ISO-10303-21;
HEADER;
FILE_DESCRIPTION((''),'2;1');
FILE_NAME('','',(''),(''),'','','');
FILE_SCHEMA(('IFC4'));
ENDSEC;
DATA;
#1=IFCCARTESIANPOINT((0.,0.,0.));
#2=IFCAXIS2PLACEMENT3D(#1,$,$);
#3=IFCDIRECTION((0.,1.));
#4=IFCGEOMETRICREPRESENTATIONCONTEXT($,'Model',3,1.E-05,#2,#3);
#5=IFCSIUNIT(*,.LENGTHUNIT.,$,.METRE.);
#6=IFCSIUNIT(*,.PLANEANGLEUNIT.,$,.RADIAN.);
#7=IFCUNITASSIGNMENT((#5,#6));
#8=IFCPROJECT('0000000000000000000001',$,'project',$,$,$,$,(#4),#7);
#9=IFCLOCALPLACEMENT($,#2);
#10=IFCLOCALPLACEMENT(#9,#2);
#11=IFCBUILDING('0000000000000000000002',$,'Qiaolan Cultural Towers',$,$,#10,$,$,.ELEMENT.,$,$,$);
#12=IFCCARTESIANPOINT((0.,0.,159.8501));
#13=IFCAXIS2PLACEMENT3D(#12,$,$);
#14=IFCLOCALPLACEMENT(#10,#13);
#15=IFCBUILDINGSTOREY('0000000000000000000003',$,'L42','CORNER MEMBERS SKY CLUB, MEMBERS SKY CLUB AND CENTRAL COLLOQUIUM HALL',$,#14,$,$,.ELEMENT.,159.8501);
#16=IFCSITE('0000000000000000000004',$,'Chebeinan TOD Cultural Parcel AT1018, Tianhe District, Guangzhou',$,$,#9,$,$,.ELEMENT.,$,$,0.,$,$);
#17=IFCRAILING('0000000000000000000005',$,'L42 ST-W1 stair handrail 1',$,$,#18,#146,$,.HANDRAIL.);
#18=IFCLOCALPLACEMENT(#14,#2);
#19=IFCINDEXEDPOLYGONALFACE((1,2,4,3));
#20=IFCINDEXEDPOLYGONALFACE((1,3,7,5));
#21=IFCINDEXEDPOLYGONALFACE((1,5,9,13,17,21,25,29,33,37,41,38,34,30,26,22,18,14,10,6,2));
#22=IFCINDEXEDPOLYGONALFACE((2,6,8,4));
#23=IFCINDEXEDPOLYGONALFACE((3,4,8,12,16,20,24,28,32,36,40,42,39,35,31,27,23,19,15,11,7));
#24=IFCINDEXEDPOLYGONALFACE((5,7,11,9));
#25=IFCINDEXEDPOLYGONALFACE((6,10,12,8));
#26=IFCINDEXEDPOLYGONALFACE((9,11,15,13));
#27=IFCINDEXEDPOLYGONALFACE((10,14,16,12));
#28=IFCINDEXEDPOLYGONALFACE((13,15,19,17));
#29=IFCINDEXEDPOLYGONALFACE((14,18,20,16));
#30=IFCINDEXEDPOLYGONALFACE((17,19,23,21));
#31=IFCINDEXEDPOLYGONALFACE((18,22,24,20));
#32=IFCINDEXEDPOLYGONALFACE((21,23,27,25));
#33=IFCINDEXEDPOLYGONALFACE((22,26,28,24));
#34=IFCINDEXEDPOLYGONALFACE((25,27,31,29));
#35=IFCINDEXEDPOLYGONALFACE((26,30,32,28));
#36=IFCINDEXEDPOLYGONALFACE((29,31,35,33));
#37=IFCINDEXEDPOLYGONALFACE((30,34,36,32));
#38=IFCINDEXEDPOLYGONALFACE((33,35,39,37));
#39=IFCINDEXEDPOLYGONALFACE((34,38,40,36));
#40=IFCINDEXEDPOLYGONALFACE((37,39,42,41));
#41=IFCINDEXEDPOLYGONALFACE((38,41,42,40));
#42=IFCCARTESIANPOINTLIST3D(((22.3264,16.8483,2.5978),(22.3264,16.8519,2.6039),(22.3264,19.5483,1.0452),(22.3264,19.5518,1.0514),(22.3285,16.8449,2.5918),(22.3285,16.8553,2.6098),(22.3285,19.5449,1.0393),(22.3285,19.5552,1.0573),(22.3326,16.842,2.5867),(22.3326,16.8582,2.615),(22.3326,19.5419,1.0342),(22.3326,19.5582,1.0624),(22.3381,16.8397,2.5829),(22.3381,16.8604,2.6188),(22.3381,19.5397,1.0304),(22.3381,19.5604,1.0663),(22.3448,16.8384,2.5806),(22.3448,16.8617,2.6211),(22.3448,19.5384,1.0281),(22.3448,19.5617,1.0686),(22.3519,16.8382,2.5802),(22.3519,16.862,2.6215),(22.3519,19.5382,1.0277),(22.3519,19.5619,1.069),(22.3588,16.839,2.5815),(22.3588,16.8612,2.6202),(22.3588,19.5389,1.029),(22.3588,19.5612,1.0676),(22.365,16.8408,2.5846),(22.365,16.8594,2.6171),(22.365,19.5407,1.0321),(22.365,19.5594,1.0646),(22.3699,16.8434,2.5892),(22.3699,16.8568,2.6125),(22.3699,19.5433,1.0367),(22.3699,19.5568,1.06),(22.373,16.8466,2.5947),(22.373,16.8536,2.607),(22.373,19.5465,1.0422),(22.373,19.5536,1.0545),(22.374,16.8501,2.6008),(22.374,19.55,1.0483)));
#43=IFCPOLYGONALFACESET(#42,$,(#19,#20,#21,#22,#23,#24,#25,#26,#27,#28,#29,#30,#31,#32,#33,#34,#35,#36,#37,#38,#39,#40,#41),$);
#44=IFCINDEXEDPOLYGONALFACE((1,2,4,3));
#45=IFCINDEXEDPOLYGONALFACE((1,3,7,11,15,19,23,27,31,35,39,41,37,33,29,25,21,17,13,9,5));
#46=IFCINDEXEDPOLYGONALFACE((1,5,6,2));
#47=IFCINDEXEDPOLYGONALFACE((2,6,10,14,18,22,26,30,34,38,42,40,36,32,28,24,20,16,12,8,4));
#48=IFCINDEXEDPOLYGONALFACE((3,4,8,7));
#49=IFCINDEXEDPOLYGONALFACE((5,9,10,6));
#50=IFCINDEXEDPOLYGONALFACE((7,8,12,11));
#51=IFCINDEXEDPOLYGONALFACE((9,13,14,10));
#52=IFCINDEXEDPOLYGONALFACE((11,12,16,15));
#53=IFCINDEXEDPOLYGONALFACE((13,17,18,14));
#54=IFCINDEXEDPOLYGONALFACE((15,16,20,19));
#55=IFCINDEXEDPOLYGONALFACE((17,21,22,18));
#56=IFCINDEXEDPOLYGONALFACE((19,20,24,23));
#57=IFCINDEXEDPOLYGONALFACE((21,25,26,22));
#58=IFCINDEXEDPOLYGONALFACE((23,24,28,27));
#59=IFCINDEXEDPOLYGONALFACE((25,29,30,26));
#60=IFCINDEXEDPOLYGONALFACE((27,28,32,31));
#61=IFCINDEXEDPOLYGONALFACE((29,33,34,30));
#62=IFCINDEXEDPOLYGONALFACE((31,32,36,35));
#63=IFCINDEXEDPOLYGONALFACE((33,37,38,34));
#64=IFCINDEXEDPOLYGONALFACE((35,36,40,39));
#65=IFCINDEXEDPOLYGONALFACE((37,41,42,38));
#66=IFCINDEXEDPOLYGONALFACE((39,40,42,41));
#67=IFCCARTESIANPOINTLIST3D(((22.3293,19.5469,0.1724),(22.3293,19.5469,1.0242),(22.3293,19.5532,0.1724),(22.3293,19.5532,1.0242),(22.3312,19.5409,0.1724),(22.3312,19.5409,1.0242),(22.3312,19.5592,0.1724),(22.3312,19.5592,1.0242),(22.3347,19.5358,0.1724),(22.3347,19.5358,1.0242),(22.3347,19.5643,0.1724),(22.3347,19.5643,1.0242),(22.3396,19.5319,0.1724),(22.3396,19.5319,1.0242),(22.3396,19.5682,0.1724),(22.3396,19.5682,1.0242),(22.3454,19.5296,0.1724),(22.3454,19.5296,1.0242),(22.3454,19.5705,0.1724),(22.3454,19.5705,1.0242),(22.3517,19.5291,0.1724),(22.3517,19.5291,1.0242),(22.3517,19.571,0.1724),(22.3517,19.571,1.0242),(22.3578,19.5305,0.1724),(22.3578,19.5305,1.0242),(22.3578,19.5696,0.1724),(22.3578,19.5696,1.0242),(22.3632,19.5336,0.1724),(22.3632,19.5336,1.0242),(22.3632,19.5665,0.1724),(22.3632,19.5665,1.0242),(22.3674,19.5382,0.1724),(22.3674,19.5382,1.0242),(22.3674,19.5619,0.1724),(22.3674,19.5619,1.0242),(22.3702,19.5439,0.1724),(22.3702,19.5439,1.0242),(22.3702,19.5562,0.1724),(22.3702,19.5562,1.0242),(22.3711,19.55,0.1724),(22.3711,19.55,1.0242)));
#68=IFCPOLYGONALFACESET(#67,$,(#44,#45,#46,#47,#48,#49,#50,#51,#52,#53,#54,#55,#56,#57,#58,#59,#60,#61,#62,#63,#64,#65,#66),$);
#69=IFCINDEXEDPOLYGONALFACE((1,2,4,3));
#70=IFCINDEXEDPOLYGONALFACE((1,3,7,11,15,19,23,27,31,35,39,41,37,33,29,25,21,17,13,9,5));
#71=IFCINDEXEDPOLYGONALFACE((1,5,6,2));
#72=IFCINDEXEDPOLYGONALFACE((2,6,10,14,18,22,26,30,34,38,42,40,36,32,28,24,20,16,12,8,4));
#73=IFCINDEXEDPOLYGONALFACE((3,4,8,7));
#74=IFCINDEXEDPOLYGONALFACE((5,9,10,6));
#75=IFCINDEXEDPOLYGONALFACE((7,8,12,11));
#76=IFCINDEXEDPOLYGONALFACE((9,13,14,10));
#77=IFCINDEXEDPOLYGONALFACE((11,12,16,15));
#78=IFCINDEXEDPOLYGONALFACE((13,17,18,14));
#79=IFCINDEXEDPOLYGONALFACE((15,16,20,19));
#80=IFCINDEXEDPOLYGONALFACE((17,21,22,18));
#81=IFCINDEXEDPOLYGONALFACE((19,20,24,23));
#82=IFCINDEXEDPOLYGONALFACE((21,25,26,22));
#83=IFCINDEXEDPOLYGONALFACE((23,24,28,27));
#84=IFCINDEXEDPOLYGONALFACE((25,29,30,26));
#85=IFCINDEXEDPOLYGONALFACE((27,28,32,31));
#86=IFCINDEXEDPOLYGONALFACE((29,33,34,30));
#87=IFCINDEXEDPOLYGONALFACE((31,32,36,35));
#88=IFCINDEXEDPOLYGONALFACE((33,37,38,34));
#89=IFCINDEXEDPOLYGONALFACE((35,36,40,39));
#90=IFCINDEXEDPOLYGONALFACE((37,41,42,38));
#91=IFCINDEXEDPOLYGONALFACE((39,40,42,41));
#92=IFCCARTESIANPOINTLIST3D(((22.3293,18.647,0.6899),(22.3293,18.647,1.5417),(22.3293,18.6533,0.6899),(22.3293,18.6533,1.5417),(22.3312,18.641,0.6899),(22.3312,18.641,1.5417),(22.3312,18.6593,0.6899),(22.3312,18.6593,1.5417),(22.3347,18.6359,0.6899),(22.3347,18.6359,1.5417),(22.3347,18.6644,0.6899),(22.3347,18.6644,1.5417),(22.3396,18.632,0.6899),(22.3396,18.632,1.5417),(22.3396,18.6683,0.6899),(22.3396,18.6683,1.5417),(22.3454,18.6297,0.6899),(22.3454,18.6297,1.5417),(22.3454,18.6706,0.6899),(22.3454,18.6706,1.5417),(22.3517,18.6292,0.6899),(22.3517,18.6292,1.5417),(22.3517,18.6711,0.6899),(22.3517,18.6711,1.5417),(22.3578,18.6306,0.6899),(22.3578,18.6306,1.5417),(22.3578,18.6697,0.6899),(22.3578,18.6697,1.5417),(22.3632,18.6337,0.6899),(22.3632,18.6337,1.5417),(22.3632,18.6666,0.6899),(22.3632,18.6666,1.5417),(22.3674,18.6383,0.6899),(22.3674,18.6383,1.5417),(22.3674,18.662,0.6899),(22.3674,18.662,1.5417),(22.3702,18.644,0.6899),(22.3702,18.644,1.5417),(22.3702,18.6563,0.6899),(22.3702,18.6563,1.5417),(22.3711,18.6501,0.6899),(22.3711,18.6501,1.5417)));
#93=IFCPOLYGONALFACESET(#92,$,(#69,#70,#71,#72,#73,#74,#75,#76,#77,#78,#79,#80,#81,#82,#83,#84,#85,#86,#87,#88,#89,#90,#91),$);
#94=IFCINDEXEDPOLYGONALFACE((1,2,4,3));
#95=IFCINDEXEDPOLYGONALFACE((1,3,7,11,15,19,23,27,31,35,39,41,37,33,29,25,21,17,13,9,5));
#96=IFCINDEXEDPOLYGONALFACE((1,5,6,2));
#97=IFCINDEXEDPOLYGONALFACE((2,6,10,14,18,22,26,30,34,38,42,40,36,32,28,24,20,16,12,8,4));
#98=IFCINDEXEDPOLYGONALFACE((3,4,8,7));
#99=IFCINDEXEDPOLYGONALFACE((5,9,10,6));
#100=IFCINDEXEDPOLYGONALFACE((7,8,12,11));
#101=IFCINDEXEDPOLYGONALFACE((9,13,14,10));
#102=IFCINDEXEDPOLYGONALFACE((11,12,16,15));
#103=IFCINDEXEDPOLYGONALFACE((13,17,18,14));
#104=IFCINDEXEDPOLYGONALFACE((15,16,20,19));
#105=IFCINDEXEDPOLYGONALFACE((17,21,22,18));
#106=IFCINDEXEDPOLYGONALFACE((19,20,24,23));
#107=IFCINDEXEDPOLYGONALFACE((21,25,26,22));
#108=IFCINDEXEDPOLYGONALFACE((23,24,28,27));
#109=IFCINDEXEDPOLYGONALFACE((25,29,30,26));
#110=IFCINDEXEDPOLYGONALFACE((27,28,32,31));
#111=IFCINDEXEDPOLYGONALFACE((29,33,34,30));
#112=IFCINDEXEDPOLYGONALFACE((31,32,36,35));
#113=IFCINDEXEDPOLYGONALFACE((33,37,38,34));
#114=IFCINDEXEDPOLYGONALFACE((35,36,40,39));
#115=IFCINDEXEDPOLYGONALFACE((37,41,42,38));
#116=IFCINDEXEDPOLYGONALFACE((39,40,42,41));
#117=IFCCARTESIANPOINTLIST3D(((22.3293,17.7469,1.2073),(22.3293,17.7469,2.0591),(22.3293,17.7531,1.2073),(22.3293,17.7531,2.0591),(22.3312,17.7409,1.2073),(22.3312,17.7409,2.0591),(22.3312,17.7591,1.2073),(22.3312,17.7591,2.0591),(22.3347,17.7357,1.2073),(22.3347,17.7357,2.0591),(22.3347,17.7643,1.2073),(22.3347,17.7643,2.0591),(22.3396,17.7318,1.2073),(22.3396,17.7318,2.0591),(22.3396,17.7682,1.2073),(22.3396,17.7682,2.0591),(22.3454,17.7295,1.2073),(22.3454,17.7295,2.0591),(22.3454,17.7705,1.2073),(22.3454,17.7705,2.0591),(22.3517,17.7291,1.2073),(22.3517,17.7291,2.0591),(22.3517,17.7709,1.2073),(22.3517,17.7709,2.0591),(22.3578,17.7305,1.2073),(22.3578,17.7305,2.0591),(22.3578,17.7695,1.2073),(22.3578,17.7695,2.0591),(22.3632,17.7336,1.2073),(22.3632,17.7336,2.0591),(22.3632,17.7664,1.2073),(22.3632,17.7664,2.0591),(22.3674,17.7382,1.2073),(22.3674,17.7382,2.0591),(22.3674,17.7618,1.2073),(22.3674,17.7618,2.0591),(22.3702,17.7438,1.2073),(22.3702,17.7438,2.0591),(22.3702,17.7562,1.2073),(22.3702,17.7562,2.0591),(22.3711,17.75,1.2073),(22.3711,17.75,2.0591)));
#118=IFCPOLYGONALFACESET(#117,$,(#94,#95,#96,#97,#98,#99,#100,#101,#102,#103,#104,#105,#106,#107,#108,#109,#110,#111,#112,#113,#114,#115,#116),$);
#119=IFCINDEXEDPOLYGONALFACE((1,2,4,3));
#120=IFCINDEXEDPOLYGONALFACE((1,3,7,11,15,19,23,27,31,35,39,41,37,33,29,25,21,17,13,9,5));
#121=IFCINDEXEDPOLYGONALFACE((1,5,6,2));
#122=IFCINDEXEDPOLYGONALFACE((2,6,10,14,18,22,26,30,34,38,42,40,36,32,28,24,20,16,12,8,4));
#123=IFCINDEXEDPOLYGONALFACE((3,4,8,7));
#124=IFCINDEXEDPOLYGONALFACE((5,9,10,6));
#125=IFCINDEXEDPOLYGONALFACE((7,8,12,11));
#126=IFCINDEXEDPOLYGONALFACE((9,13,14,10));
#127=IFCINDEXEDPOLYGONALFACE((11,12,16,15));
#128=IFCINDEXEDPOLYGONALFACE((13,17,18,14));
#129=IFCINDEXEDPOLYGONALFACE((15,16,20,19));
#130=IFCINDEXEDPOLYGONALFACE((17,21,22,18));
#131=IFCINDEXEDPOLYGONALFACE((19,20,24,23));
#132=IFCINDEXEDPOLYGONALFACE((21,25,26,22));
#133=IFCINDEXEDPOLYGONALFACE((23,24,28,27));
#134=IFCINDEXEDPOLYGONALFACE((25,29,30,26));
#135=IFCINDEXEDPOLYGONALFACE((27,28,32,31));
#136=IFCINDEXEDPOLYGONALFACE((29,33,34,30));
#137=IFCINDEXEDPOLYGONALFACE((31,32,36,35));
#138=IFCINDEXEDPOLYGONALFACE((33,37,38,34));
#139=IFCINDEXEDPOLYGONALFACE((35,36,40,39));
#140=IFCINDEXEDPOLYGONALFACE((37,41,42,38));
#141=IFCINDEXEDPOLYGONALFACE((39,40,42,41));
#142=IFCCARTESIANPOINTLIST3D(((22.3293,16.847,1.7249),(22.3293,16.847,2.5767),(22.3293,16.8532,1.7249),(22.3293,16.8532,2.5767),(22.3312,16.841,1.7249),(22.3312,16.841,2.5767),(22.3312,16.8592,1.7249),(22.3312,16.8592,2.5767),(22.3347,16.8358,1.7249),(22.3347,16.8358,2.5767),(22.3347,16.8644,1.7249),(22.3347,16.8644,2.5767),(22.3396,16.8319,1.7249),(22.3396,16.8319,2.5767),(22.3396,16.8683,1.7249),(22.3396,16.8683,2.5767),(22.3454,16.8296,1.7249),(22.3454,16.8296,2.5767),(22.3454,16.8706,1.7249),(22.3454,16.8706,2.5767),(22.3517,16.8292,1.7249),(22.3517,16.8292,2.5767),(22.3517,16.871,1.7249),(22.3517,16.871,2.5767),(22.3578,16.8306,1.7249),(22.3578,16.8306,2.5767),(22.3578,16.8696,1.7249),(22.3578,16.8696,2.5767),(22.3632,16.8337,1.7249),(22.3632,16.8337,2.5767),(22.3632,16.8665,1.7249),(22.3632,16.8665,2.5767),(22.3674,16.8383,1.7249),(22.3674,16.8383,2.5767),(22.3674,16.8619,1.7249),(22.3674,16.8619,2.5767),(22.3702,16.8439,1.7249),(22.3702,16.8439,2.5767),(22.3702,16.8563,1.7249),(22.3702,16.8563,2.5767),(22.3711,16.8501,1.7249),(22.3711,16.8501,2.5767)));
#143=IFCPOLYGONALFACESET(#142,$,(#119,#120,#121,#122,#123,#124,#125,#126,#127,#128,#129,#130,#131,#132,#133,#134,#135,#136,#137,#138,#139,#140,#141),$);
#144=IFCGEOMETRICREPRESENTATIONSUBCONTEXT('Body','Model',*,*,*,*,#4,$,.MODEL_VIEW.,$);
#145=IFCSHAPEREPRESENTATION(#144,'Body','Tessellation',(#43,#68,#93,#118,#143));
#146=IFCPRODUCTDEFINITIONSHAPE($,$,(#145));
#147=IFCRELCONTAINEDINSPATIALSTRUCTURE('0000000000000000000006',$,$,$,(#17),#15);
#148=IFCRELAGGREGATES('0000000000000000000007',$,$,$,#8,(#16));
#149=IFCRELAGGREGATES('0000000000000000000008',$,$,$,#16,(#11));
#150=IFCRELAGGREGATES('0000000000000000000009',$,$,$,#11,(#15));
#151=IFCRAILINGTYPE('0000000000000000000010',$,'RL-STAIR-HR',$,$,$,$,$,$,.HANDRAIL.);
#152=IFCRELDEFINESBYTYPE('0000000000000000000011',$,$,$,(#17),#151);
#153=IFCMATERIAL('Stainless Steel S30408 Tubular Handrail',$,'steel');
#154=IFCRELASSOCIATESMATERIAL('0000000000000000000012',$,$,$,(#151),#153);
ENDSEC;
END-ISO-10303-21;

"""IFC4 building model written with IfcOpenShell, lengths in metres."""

from ifc_helpers import new_model, si_unit, direction, frame, origin, origin_2d, place, context, subcontext, project, spatial, circle, extrude, material, type_object, element, save


model = new_model("IFC4")

# Units and contexts
model_context = context("Model", 3, precision=1e-05, world=origin(), true_north=direction((0.0, 1.0)))
body_context = subcontext(model_context, "Body", "Model", "MODEL_VIEW")
ifc_project = project(units=[si_unit("LENGTHUNIT", "METRE"), si_unit("PLANEANGLEUNIT", "RADIAN")], contexts=[model_context])

# Site, building, storey
site_placement = place(None, origin())
site = spatial("IfcSite", under=ifc_project, at=site_placement, Name="Chebeinan TOD Cultural Parcel AT1018, Tianhe District, Guangzhou", CompositionType="ELEMENT", RefElevation=0.0)
building_placement = place(site_placement, origin())
building = spatial("IfcBuilding", under=site, at=building_placement, Name="Qiaolan Cultural Towers", CompositionType="ELEMENT")
storey_placement = place(building_placement, frame((0.0, 0.0, 159.8501)))
storey = spatial("IfcBuildingStorey", under=building, at=storey_placement, Name="L42", Description="CORNER MEMBERS SKY CLUB, MEMBERS SKY CLUB AND CENTRAL COLLOQUIUM HALL", CompositionType="ELEMENT", Elevation=159.8501)

# Railing
ifc_material_1 = material(Name="Stainless Steel S30408 Tubular Handrail", Category="steel")
railing_type = type_object("IfcRailingType", Name="RL-STAIR-HR", PredefinedType="HANDRAIL", material=ifc_material_1)
railing_placement = place(storey_placement, frame((22.3501, 19.55, 0.1724)))
element("IfcRailing", 1, at=railing_placement, inside=storey, type_object=railing_type, Name="L42 ST-W1 stair handrail 1", PredefinedType="HANDRAIL", context=body_context, shape_type="SweptSolid", body=[
    extrude(circle(Radius=0.0239, at=origin_2d()), frame((0.0, 0.0, 0.876), z_axis=(0.0, -0.866904, 0.498476), x_axis=(1.0, 0.0, 0.0)), (0.0, 0.0, 1.0), 3.1145),
    extrude(circle(Radius=0.021, at=origin_2d()), origin(), (0.0, 0.0, 1.0), 0.8518),
    extrude(circle(Radius=0.021, at=origin_2d()), frame((0.0, -0.8999, 0.5176)), (0.0, 0.0, 1.0), 0.8518),
    extrude(circle(Radius=0.021, at=origin_2d()), frame((0.0, -1.8, 1.0349)), (0.0, 0.0, 1.0), 0.8518),
    extrude(circle(Radius=0.021, at=origin_2d()), frame((0.0, -2.7, 1.5525)), (0.0, 0.0, 1.0), 0.8518),
])

save(model, "model.ifc")
